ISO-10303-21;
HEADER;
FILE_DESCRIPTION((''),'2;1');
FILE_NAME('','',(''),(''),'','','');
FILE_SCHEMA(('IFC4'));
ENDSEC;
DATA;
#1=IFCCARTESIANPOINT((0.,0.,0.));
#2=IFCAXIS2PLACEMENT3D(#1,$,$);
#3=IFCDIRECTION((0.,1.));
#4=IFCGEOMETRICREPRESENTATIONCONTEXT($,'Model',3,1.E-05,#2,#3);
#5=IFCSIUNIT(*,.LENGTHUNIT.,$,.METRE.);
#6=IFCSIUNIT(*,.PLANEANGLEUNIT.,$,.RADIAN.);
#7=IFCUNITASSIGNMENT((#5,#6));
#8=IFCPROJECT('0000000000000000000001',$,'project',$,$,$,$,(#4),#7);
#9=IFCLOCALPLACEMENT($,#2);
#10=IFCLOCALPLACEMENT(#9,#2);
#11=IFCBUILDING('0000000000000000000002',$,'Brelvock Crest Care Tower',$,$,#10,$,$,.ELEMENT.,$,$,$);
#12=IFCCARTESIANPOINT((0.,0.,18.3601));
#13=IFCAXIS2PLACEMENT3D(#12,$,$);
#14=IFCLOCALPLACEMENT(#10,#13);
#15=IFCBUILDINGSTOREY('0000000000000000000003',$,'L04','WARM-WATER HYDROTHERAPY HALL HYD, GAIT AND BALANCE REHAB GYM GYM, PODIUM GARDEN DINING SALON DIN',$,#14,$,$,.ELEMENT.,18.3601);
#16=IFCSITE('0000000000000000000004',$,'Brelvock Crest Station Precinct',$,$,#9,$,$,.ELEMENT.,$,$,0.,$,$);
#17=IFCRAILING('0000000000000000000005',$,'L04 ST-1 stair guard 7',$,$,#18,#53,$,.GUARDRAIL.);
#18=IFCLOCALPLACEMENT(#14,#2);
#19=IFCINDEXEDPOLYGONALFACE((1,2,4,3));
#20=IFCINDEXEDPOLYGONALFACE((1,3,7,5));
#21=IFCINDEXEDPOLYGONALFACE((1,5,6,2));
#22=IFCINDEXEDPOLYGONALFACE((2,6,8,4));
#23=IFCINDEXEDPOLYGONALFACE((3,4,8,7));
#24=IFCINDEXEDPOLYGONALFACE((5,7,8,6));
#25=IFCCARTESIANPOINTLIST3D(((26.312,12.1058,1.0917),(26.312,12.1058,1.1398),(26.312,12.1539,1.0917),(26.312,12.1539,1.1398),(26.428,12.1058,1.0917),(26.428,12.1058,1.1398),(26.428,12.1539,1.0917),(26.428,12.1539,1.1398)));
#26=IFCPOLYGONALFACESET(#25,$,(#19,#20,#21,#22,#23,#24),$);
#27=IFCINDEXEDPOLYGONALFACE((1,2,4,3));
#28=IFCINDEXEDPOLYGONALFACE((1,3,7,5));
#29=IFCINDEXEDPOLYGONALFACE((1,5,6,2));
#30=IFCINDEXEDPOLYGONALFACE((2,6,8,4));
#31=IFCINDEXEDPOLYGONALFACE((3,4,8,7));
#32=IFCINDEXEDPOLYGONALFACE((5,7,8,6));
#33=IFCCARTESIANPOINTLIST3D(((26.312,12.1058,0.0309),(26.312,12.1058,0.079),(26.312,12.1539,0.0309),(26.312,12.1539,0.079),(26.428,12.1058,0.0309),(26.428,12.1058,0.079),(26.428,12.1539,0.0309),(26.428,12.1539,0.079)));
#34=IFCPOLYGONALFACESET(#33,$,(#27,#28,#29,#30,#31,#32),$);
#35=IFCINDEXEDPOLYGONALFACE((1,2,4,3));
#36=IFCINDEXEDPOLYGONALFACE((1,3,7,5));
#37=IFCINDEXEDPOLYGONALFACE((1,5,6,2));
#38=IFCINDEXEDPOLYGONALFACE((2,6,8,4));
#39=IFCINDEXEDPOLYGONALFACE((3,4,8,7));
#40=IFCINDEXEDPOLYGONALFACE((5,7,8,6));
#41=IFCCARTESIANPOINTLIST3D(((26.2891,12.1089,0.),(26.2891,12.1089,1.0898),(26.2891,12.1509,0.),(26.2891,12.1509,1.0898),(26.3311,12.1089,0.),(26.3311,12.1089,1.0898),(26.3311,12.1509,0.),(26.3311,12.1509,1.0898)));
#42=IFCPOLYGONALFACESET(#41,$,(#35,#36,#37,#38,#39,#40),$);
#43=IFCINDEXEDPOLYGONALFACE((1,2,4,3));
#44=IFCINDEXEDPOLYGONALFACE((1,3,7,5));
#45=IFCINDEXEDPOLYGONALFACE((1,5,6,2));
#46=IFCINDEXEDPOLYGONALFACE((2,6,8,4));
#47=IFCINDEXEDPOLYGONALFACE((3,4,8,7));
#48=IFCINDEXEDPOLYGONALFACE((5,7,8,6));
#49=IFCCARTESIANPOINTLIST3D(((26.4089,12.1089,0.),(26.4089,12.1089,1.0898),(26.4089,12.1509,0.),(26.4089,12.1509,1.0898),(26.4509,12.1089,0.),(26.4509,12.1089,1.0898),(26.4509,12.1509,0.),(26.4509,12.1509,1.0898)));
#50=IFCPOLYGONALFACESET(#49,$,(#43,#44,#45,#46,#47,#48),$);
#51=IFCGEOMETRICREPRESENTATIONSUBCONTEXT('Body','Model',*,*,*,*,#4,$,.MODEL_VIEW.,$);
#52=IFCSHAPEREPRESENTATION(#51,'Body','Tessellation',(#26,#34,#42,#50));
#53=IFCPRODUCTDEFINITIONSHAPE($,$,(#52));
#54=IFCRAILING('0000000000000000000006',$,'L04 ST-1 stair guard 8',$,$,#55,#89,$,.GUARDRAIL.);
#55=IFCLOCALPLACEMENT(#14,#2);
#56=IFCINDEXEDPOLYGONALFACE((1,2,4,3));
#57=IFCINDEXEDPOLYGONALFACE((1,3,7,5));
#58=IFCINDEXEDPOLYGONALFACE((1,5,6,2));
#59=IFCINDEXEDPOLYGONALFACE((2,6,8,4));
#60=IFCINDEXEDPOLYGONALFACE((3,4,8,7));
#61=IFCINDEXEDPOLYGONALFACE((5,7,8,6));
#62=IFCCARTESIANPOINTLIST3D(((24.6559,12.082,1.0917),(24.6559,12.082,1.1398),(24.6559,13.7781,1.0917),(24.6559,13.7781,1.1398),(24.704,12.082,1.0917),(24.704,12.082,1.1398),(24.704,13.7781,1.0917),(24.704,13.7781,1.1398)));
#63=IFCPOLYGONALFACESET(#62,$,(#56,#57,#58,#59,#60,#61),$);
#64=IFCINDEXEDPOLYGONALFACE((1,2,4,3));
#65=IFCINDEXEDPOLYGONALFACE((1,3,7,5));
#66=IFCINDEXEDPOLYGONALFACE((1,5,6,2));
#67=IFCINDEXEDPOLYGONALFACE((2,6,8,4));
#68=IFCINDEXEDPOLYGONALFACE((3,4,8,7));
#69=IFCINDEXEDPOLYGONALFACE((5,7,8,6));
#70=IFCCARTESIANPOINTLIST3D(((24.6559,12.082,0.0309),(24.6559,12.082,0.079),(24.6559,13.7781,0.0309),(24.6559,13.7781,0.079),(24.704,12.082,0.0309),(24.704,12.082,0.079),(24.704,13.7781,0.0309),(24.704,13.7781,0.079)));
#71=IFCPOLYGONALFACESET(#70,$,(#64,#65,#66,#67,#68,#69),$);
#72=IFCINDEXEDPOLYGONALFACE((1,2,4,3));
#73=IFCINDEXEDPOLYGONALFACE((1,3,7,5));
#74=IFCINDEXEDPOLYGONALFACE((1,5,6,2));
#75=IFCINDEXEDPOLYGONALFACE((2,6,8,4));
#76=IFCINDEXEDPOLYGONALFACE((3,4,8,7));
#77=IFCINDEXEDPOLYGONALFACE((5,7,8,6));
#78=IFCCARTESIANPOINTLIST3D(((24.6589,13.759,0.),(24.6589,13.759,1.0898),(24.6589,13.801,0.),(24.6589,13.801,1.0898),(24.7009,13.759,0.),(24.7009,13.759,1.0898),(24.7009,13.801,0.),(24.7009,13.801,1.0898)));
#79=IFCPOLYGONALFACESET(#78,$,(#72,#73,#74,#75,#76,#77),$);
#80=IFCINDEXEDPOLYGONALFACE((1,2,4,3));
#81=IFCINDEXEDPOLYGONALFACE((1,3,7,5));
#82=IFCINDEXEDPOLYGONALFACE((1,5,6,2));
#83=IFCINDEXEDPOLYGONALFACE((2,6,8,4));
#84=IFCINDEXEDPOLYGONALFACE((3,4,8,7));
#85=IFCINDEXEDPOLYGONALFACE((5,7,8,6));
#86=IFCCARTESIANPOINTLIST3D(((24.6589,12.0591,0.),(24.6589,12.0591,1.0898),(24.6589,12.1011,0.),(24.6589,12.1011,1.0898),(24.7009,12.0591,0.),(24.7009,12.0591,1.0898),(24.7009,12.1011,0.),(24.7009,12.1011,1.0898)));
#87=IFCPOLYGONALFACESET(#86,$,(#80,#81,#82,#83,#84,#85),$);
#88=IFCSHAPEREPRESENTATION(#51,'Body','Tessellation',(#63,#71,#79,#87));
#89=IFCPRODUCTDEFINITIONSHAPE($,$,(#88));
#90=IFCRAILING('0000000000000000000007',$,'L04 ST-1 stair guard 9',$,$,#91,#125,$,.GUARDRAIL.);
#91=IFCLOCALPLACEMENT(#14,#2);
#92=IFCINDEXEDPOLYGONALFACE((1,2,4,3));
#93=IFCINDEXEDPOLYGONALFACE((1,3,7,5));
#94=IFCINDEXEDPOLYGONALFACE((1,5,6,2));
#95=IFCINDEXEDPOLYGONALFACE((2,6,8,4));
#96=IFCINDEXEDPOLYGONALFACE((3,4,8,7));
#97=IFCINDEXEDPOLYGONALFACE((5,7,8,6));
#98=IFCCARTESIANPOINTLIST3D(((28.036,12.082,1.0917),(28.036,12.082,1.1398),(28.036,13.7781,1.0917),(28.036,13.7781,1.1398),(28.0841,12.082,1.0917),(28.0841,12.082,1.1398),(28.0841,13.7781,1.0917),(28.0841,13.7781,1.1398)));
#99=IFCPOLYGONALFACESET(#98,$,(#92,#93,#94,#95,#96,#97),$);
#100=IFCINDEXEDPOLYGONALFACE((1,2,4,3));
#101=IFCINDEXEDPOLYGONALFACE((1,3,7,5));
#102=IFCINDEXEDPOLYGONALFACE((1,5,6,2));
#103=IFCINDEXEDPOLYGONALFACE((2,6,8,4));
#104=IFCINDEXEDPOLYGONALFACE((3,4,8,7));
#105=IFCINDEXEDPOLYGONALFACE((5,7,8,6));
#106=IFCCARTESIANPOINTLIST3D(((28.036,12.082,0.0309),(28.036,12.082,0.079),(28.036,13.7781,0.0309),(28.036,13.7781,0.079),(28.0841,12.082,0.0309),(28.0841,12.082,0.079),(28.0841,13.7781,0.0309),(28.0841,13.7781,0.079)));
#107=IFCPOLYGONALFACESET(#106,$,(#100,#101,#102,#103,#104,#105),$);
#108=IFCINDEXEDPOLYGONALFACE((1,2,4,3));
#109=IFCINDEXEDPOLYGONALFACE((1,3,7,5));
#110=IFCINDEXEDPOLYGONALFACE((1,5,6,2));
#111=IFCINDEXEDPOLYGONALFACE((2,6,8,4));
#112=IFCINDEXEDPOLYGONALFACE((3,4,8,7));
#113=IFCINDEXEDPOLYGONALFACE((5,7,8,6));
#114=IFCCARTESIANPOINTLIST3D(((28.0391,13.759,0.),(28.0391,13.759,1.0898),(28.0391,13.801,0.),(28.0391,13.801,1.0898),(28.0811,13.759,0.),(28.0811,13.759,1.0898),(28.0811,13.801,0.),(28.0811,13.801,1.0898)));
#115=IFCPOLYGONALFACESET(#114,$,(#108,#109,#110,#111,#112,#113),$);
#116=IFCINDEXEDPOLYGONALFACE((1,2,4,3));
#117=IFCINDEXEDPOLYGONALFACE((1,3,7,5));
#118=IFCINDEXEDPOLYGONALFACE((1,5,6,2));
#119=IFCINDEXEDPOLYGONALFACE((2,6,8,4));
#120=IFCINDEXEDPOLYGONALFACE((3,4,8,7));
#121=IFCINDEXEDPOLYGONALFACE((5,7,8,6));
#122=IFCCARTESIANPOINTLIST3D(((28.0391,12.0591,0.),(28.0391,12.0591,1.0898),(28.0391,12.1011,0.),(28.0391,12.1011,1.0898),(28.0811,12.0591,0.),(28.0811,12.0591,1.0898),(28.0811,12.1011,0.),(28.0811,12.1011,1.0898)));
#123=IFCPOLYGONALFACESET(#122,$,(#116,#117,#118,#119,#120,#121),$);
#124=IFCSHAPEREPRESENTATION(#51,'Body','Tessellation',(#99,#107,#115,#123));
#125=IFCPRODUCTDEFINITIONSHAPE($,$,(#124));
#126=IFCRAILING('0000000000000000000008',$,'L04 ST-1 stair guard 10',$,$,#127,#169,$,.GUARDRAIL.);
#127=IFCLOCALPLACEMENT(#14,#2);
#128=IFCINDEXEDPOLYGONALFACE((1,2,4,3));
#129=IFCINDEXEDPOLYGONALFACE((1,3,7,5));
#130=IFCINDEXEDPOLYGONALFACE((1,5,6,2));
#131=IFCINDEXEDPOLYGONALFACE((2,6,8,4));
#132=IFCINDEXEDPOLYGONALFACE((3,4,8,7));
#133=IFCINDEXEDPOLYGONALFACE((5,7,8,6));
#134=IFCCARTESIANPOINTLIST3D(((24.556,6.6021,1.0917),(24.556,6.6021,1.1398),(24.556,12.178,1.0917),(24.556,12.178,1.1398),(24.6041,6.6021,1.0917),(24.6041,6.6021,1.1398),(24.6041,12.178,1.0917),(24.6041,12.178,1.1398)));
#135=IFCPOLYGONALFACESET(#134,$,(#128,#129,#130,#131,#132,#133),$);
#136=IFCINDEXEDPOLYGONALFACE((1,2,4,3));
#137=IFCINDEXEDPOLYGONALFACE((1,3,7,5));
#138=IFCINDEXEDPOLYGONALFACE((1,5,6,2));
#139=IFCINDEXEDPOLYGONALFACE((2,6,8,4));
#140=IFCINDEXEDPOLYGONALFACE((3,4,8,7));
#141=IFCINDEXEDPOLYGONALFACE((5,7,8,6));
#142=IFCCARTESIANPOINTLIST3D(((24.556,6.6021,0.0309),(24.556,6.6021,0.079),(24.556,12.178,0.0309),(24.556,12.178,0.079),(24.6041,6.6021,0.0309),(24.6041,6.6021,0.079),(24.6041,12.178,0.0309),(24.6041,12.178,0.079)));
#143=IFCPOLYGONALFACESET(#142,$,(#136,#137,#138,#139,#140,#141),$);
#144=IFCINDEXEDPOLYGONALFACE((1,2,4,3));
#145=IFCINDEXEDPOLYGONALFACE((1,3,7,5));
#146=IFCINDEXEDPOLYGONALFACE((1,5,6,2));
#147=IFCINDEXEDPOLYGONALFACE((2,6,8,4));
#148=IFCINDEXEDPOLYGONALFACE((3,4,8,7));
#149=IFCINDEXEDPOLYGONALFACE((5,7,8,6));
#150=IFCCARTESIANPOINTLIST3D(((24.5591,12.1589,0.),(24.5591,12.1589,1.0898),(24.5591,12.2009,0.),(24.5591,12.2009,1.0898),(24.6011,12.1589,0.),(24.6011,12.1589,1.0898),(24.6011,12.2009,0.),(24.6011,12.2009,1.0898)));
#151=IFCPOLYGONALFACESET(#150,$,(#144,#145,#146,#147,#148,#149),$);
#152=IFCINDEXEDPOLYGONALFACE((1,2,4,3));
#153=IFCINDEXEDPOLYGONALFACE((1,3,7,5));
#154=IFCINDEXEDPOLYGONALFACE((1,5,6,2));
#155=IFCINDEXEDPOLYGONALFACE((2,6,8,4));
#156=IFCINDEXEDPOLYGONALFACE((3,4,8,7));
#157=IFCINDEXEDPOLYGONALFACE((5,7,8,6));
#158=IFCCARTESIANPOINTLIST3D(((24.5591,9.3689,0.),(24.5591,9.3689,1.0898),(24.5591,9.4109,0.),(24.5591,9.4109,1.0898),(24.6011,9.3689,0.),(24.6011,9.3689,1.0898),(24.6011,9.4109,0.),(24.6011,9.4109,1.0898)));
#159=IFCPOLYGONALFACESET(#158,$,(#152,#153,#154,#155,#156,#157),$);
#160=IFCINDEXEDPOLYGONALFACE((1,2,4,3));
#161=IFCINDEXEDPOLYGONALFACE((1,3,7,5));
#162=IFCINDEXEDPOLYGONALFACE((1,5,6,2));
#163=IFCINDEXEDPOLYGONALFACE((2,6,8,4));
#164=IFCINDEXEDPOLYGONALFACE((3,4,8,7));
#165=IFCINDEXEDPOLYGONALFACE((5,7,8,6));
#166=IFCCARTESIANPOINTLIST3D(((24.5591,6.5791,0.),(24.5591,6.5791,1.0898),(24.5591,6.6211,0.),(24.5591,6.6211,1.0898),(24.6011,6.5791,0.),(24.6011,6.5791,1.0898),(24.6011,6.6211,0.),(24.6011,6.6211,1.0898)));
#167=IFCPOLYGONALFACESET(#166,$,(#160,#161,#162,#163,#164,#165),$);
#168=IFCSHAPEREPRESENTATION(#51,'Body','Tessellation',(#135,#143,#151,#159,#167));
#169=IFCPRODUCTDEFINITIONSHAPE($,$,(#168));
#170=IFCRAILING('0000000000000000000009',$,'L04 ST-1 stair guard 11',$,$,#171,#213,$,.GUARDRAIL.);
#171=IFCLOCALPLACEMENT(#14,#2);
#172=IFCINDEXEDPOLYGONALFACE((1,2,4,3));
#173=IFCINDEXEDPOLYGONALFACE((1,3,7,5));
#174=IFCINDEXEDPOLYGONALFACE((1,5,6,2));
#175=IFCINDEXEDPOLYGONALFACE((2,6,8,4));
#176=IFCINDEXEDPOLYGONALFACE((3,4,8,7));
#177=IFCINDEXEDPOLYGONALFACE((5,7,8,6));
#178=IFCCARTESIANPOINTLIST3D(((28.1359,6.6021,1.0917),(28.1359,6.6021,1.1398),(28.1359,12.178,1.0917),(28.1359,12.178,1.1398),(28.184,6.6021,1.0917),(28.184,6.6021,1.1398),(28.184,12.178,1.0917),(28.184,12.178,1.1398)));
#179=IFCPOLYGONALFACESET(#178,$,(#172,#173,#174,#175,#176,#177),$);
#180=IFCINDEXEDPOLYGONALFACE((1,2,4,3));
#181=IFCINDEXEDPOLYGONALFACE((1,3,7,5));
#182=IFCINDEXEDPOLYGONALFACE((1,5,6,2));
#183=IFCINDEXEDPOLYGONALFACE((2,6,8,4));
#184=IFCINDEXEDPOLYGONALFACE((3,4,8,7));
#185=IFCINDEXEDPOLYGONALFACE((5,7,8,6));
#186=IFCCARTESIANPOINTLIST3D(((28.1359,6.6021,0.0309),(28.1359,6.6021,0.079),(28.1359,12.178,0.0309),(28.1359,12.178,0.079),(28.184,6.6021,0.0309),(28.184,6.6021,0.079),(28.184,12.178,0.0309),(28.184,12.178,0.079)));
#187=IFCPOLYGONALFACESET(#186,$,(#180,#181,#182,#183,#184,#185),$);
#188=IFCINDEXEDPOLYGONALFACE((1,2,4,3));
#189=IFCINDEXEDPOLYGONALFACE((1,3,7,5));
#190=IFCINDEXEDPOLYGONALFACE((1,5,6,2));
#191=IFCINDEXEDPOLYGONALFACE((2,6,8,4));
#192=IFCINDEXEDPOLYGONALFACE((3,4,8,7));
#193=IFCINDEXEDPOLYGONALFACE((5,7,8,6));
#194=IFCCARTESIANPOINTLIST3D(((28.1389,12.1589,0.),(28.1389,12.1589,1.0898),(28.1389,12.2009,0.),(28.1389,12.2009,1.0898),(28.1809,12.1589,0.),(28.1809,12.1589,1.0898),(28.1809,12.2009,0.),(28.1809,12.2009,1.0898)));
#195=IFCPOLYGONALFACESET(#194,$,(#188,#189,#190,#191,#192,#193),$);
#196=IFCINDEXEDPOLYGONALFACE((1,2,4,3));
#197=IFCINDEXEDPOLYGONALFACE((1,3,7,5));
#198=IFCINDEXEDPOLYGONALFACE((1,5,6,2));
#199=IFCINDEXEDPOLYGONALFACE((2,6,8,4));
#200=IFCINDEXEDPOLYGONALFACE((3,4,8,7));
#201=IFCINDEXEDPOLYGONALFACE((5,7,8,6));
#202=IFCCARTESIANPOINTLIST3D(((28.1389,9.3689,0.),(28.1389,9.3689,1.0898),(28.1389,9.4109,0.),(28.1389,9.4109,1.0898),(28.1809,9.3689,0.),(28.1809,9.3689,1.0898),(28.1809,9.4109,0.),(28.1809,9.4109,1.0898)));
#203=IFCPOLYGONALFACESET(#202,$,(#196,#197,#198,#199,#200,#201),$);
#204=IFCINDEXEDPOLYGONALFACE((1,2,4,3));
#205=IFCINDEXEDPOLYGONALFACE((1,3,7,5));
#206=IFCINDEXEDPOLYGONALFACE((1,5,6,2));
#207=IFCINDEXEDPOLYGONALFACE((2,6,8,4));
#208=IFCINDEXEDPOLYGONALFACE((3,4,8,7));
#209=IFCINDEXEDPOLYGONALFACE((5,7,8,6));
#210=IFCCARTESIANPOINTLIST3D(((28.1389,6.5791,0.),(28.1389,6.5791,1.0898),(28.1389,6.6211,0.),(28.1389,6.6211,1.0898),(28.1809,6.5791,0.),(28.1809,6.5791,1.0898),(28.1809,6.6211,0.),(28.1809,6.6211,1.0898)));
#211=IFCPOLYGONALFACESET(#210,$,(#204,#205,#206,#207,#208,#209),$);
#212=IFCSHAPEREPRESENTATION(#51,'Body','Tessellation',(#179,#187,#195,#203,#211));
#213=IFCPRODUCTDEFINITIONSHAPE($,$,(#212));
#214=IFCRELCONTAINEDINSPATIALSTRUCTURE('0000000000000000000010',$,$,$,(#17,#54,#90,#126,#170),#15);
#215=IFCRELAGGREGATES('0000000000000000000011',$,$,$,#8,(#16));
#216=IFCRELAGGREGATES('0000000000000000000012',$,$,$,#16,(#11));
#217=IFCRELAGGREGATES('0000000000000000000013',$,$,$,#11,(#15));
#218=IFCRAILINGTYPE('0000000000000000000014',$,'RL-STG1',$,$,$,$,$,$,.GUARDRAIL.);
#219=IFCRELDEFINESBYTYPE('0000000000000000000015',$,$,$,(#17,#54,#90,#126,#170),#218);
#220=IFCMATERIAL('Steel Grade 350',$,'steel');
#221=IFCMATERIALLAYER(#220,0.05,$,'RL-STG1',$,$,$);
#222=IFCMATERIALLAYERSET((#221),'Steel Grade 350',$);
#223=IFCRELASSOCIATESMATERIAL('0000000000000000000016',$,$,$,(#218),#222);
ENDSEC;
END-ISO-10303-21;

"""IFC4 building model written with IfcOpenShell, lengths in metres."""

from ifc_helpers import new_model, si_unit, direction, frame, origin, origin_2d, place, context, subcontext, project, spatial, rectangle, extrude, material, layer, layer_set, type_object, element, save


model = new_model("IFC4")

# Units and contexts
model_context = context("Model", 3, precision=1e-05, world=origin(), true_north=direction((0.0, 1.0)))
body_context = subcontext(model_context, "Body", "Model", "MODEL_VIEW")
ifc_project = project(units=[si_unit("LENGTHUNIT", "METRE"), si_unit("PLANEANGLEUNIT", "RADIAN")], contexts=[model_context])

# Site, building, storey
site_placement = place(None, origin())
site = spatial("IfcSite", under=ifc_project, at=site_placement, Name="Brelvock Crest Station Precinct", CompositionType="ELEMENT", RefElevation=0.0)
building_placement = place(site_placement, origin())
building = spatial("IfcBuilding", under=site, at=building_placement, Name="Brelvock Crest Care Tower", CompositionType="ELEMENT")
storey_placement = place(building_placement, frame((0.0, 0.0, 18.3601)))
storey = spatial("IfcBuildingStorey", under=building, at=storey_placement, Name="L04", Description="WARM-WATER HYDROTHERAPY HALL HYD, GAIT AND BALANCE REHAB GYM GYM, PODIUM GARDEN DINING SALON DIN", CompositionType="ELEMENT", Elevation=18.3601)

# Shared definitions
ifc_material_1 = material(Name="Steel Grade 350", Category="steel")

# Railings
ifc_layer_1 = layer(ifc_material_1, 0.05, Name="RL-STG1")
ifc_layer_set_1 = layer_set([ifc_layer_1], Name="Steel Grade 350")
railing_type_1 = type_object("IfcRailingType", Name="RL-STG1", PredefinedType="GUARDRAIL", material=ifc_layer_set_1)
railing_1_placement = place(storey_placement, frame((26.3101, 12.1299, 0.0)))
element("IfcRailing", 1, at=railing_1_placement, inside=storey, type_object=railing_type_1, Name="L04 ST-1 stair guard 7", PredefinedType="GUARDRAIL", context=body_context, shape_type="SweptSolid", body=[
    extrude(rectangle(XDim=0.0481, YDim=0.0481, at=origin_2d()), frame((0.002, 0.0, 1.1157), z_axis=(1.0, 0.0, 0.0), x_axis=(0.0, 1.0, 0.0)), (0.0, 0.0, 1.0), 0.116),
    extrude(rectangle(XDim=0.0481, YDim=0.0481, at=origin_2d()), frame((0.002, 0.0, 0.0549), z_axis=(1.0, 0.0, 0.0), x_axis=(0.0, 1.0, 0.0)), (0.0, 0.0, 1.0), 0.116),
    extrude(rectangle(XDim=0.042, YDim=0.042, at=origin_2d()), origin(), (0.0, 0.0, 1.0), 1.0898),
    extrude(rectangle(XDim=0.042, YDim=0.042, at=origin_2d()), frame((0.1199, 0.0, 0.0)), (0.0, 0.0, 1.0), 1.0898),
])
for number, where, name in (
    (2, (24.6799, 13.78, 0.0), "L04 ST-1 stair guard 8"),
    (3, (28.0601, 13.78, 0.0), "L04 ST-1 stair guard 9"),
):
    element("IfcRailing", number, at=place(storey_placement, frame(where)), inside=storey, type_object=railing_type_1, Name=name, PredefinedType="GUARDRAIL", context=body_context, shape_type="SweptSolid", body=[
        extrude(rectangle(XDim=0.0481, YDim=0.0481, at=origin_2d()), frame((0.0, -0.002, 1.1157), z_axis=(0.0, -1.0, 0.0), x_axis=(1.0, 0.0, 0.0)), (0.0, 0.0, 1.0), 1.696),
        extrude(rectangle(XDim=0.0481, YDim=0.0481, at=origin_2d()), frame((0.0, -0.002, 0.0549), z_axis=(0.0, -1.0, 0.0), x_axis=(1.0, 0.0, 0.0)), (0.0, 0.0, 1.0), 1.696),
        extrude(rectangle(XDim=0.042, YDim=0.042, at=origin_2d()), origin(), (0.0, 0.0, 1.0), 1.0898),
        extrude(rectangle(XDim=0.042, YDim=0.042, at=origin_2d()), frame((0.0, -1.7, 0.0)), (0.0, 0.0, 1.0), 1.0898),
    ])
for number, where, name in (
    (4, (24.5801, 12.1799, 0.0), "L04 ST-1 stair guard 10"),
    (5, (28.1599, 12.1799, 0.0), "L04 ST-1 stair guard 11"),
):
    element("IfcRailing", number, at=place(storey_placement, frame(where)), inside=storey, type_object=railing_type_1, Name=name, PredefinedType="GUARDRAIL", context=body_context, shape_type="SweptSolid", body=[
        extrude(rectangle(XDim=0.0481, YDim=0.0481, at=origin_2d()), frame((0.0, -0.002, 1.1157), z_axis=(0.0, -1.0, 0.0), x_axis=(1.0, 0.0, 0.0)), (0.0, 0.0, 1.0), 5.5759),
        extrude(rectangle(XDim=0.0481, YDim=0.0481, at=origin_2d()), frame((0.0, -0.002, 0.0549), z_axis=(0.0, -1.0, 0.0), x_axis=(1.0, 0.0, 0.0)), (0.0, 0.0, 1.0), 5.5759),
        extrude(rectangle(XDim=0.042, YDim=0.042, at=origin_2d()), origin(), (0.0, 0.0, 1.0), 1.0898),
        extrude(rectangle(XDim=0.042, YDim=0.042, at=origin_2d()), frame((0.0, -2.79, 0.0)), (0.0, 0.0, 1.0), 1.0898),
        extrude(rectangle(XDim=0.042, YDim=0.042, at=origin_2d()), frame((0.0, -5.5798, 0.0)), (0.0, 0.0, 1.0), 1.0898),
    ])

save(model, "model.ifc")
